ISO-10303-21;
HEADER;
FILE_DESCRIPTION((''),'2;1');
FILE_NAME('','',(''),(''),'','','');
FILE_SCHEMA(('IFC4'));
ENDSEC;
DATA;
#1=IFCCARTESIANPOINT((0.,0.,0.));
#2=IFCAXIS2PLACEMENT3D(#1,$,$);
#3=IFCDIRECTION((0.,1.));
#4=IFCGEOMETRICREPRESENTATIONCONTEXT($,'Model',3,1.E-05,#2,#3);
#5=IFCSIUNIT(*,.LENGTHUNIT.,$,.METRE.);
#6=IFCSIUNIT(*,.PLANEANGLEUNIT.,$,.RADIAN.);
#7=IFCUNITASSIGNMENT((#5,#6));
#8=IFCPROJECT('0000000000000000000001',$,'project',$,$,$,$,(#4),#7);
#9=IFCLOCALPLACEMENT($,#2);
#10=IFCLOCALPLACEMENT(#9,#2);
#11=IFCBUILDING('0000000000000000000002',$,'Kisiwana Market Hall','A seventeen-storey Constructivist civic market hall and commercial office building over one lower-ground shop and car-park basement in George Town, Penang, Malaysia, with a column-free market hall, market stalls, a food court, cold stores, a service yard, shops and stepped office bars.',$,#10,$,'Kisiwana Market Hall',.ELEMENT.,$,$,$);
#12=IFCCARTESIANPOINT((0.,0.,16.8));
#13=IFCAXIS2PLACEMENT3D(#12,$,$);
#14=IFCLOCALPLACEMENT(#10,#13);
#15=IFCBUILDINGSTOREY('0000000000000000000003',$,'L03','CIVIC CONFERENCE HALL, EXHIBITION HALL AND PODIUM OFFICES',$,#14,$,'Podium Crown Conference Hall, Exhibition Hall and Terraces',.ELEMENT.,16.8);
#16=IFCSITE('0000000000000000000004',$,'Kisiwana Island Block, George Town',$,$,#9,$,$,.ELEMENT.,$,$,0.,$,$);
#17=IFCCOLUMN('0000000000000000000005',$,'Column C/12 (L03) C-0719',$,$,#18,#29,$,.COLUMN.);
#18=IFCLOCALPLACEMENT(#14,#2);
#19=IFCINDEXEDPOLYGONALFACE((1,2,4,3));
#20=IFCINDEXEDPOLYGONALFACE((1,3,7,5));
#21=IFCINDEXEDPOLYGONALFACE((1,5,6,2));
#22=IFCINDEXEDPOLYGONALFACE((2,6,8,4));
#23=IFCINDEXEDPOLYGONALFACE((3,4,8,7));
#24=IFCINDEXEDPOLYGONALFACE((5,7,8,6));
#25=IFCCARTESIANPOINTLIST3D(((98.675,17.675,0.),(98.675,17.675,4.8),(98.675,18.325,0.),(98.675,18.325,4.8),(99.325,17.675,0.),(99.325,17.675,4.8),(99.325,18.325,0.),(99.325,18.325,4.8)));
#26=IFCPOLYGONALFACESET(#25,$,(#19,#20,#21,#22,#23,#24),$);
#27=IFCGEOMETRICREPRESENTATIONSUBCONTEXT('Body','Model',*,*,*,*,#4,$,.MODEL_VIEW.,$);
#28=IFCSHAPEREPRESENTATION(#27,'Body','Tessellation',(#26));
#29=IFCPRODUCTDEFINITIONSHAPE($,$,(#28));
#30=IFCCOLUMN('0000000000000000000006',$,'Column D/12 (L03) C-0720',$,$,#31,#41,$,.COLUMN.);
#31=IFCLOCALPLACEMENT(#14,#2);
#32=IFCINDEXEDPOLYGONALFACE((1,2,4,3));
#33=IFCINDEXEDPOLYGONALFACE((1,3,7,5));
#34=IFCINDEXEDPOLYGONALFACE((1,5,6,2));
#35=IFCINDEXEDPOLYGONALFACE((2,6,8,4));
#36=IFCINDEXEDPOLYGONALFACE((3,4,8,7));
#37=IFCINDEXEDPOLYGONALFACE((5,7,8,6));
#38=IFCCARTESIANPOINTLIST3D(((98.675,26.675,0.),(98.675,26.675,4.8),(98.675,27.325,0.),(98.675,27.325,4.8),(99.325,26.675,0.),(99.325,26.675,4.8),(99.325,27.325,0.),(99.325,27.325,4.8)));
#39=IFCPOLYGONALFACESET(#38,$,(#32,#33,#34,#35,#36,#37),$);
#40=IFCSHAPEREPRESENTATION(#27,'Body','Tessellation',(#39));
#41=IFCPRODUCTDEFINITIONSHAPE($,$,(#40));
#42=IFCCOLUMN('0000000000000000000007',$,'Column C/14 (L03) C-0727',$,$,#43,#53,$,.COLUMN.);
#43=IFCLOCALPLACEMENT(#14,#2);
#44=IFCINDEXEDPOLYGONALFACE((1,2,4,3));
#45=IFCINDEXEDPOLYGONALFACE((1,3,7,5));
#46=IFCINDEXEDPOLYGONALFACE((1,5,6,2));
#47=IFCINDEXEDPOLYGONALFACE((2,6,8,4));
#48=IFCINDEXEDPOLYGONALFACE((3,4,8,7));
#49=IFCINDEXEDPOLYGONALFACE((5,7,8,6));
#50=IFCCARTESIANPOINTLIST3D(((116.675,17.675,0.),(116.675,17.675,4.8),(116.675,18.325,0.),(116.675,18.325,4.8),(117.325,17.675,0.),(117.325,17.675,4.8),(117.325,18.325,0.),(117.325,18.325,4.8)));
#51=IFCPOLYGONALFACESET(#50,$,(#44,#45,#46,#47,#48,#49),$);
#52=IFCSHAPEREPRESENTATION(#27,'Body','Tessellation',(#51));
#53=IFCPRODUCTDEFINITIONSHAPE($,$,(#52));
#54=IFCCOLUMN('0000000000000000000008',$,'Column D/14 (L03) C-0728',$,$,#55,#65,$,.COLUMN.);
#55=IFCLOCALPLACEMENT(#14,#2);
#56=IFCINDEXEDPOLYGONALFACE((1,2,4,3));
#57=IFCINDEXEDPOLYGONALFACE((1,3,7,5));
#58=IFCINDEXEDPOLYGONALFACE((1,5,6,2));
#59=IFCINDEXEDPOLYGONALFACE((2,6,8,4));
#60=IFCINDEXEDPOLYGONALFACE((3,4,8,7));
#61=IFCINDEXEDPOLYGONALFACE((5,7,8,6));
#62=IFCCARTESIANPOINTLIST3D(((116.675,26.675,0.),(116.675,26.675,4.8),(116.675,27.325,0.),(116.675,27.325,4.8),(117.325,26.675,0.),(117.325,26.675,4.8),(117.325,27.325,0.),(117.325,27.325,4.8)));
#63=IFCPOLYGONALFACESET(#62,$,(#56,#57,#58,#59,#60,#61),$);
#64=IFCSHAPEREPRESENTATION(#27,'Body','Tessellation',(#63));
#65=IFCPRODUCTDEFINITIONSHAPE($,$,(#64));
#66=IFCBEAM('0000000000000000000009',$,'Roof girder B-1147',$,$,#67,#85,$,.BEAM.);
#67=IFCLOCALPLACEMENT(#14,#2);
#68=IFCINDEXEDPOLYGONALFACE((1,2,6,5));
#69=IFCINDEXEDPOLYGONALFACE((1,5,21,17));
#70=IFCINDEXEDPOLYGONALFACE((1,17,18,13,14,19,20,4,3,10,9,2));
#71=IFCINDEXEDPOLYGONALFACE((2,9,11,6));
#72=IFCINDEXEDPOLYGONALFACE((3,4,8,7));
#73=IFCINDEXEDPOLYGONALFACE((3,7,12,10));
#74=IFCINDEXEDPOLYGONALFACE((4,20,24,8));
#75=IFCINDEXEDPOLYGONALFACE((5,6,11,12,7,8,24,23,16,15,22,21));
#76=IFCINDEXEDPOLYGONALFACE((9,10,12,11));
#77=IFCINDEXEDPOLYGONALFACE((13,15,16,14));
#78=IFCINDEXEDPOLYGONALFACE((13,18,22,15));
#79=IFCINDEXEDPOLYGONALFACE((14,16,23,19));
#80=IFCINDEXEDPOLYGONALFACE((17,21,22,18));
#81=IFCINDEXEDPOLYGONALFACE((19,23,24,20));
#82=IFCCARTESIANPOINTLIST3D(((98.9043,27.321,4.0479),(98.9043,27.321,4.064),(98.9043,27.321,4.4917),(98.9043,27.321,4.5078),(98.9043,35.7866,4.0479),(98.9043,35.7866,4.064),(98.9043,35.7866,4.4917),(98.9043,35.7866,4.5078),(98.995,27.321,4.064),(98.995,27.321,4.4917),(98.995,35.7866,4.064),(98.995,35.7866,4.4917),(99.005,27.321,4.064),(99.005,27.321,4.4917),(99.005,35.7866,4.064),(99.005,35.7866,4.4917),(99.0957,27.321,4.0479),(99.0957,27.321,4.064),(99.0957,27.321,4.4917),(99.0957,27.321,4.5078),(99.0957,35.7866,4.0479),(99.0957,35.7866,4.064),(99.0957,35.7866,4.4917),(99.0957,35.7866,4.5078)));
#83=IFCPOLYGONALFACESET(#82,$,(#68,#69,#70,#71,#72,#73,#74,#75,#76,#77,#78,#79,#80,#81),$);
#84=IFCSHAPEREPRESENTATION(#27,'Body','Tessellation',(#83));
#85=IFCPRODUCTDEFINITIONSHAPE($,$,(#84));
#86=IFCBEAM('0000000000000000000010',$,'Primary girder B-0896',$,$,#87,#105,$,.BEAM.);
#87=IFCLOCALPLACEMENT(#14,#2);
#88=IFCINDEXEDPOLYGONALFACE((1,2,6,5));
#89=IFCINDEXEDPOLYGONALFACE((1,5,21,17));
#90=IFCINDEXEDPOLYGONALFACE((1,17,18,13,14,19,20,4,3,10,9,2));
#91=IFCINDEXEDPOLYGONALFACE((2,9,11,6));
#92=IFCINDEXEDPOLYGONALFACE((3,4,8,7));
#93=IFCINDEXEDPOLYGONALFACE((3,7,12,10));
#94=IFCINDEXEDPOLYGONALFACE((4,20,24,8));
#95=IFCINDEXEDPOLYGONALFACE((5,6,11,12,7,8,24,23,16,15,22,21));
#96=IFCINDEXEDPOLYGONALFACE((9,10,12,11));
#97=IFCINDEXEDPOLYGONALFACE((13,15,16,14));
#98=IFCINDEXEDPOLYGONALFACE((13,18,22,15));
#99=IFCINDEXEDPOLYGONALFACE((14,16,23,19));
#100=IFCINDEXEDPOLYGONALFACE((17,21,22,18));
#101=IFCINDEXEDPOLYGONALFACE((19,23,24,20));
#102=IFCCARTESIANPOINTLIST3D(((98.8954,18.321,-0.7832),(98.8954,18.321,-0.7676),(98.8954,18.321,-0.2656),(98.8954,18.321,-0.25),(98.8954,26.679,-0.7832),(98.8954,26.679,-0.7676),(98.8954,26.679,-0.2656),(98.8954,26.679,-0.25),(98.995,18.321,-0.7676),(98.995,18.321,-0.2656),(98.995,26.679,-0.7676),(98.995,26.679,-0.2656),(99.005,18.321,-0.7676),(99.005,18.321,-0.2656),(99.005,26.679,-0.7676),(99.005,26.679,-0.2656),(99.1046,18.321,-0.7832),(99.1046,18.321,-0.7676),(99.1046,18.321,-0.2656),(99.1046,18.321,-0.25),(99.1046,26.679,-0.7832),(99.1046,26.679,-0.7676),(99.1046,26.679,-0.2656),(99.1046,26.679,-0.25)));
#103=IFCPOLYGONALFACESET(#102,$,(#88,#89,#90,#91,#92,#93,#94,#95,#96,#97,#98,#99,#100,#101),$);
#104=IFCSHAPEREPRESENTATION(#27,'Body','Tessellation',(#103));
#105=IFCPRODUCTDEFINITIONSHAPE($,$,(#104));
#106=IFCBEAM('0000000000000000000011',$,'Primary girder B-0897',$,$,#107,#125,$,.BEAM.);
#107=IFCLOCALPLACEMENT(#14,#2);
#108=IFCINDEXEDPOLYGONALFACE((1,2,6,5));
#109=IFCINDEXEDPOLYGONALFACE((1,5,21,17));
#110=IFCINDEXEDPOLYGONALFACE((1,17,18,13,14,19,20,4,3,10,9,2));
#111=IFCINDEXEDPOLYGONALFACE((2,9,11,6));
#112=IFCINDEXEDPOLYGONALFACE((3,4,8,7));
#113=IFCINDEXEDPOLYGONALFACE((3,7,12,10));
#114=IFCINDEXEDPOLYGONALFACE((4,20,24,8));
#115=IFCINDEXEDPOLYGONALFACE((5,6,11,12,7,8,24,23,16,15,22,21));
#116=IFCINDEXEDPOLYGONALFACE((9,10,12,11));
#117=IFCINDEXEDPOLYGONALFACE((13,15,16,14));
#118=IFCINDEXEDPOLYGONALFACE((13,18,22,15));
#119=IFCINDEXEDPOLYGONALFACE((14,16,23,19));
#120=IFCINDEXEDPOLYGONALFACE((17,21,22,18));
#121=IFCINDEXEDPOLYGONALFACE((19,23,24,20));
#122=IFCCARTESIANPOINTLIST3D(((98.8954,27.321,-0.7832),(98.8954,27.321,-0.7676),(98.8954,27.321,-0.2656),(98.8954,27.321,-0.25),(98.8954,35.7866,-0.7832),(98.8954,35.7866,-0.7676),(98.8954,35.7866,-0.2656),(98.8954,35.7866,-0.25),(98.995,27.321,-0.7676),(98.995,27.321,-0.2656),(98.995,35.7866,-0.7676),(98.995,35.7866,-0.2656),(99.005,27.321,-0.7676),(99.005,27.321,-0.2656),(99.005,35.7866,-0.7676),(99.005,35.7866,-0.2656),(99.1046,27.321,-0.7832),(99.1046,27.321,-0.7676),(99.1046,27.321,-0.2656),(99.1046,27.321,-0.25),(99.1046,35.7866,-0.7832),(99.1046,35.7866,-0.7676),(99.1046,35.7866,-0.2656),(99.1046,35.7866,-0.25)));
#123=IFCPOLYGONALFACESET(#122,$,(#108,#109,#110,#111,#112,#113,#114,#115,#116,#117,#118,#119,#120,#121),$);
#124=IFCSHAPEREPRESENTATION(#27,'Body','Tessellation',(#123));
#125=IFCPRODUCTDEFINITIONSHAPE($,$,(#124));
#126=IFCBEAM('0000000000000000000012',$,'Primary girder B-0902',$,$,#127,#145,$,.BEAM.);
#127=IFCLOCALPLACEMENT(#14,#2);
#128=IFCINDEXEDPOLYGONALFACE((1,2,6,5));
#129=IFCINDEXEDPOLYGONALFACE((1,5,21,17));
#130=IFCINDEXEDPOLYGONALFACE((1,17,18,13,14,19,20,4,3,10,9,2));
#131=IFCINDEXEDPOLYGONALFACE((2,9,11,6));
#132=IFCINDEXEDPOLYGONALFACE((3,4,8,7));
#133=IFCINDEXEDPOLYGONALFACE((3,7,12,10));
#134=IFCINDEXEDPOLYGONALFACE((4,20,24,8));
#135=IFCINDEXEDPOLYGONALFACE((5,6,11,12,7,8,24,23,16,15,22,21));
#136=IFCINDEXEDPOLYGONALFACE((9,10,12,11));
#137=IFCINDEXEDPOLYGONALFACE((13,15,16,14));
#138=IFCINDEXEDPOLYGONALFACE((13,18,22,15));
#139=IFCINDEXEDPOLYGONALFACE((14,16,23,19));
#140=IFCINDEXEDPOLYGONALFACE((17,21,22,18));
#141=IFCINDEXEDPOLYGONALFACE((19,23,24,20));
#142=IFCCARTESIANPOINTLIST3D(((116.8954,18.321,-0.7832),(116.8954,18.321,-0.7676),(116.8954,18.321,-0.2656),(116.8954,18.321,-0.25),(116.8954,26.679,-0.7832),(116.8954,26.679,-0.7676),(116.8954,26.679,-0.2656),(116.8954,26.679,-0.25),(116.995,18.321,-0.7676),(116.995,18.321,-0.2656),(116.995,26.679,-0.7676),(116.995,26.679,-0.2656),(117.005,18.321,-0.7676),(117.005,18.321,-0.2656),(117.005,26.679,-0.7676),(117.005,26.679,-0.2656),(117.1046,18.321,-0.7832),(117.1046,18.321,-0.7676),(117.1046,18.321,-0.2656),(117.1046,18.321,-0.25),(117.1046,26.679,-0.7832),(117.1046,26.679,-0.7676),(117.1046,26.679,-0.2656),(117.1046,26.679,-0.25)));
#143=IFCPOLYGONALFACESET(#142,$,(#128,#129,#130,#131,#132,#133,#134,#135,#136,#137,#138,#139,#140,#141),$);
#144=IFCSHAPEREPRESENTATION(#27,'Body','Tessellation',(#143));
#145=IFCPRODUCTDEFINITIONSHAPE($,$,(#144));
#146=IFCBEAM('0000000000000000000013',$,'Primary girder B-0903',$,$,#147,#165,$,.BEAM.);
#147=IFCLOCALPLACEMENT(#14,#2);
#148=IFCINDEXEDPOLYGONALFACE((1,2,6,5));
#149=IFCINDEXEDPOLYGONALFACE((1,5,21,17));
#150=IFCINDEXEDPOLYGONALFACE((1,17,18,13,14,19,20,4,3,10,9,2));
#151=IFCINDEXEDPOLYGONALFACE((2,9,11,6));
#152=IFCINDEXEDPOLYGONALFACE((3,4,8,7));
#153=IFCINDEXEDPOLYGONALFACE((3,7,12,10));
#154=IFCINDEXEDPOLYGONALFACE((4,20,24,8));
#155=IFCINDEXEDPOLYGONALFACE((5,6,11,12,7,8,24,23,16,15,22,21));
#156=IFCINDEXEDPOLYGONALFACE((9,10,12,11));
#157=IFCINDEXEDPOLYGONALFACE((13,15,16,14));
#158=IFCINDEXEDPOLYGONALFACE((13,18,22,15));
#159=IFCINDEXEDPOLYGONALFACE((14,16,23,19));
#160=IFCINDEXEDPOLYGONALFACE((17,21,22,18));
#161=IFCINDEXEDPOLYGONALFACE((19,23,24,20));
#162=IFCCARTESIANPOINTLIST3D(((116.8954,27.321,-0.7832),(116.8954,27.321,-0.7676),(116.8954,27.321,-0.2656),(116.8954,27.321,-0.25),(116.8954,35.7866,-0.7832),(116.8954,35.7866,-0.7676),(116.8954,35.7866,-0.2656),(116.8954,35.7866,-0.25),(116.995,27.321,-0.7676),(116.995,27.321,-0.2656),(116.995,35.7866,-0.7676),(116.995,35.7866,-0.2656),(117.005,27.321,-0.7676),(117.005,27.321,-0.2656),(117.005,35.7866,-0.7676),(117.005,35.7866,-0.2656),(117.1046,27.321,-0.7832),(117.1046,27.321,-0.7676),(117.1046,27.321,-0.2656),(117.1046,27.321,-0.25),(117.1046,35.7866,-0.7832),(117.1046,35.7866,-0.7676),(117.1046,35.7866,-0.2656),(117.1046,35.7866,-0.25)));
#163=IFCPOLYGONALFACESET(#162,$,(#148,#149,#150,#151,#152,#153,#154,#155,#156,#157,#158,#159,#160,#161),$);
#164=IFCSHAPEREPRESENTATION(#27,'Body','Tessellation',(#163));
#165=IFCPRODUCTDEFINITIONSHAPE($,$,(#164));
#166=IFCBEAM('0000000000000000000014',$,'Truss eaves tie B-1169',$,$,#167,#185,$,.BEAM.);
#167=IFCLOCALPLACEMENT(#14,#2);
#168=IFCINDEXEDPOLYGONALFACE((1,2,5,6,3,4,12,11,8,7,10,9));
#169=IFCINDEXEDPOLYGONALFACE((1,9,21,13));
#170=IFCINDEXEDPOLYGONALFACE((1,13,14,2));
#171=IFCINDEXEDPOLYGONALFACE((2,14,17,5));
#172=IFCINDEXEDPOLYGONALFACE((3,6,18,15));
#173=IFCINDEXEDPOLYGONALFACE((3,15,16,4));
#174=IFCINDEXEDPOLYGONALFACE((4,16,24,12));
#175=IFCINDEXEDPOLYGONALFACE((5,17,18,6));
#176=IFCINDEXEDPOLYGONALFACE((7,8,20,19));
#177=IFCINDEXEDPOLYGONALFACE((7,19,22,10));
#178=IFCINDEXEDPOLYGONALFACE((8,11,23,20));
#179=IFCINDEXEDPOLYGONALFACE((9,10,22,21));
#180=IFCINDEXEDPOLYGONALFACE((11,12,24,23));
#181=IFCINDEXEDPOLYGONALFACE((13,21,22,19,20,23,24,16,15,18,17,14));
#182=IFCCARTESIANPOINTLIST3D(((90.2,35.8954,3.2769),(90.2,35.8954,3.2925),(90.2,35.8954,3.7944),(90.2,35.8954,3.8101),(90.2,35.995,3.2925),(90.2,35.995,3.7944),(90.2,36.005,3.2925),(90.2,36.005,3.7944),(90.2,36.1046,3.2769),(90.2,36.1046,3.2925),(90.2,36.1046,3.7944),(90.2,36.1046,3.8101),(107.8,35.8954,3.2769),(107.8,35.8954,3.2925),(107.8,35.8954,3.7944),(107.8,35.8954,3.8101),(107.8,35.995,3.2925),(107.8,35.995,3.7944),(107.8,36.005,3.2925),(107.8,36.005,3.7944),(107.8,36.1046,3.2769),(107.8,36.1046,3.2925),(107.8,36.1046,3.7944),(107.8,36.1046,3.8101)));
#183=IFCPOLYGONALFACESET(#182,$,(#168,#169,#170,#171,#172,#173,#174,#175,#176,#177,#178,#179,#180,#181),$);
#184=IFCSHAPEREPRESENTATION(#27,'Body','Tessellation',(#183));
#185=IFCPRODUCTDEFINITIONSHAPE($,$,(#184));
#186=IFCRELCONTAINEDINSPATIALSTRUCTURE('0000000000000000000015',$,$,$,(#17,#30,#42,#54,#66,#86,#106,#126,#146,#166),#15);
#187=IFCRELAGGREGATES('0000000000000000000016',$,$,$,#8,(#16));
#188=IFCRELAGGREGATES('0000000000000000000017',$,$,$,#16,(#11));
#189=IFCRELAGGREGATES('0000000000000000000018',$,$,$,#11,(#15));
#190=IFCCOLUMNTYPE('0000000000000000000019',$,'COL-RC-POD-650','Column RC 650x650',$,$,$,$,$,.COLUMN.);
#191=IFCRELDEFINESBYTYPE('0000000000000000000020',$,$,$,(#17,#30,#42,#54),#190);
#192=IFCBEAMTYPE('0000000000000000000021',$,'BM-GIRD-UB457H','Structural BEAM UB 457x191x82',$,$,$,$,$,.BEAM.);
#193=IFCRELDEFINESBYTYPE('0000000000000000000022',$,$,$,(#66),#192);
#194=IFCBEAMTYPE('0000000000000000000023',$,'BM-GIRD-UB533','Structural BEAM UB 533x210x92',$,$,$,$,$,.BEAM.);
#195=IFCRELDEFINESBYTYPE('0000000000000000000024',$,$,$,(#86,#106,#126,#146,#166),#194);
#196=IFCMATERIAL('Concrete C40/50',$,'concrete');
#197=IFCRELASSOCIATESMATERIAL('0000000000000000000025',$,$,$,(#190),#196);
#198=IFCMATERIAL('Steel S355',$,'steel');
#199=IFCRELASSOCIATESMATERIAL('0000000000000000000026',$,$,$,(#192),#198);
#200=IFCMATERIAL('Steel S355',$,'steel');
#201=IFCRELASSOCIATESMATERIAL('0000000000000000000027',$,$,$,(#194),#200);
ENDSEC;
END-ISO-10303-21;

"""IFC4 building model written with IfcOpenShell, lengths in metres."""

from ifc_helpers import new_model, si_unit, direction, frame, origin, origin_2d, place, context, subcontext, project, spatial, rectangle, i_section, extrude, material, material_profile, profile_set, type_object, element, save


model = new_model("IFC4")

# Units and contexts
model_context = context("Model", 3, precision=1e-05, world=origin(), true_north=direction((0.0, 1.0)))
body_context = subcontext(model_context, "Body", "Model", "MODEL_VIEW")
ifc_project = project(units=[si_unit("LENGTHUNIT", "METRE"), si_unit("PLANEANGLEUNIT", "RADIAN")], contexts=[model_context])

# Site, building, storey
site_placement = place(None, origin())
site = spatial("IfcSite", under=ifc_project, at=site_placement, Name="Kisiwana Island Block, George Town", CompositionType="ELEMENT", RefElevation=0.0)
building_placement = place(site_placement, origin())
building = spatial("IfcBuilding", under=site, at=building_placement, Name="Kisiwana Market Hall", Description="A seventeen-storey Constructivist civic market hall and commercial office building over one lower-ground shop and car-park basement in George Town, Penang, Malaysia, with a column-free market hall, market stalls, a food court, cold stores, a service yard, shops and stepped office bars.", LongName="Kisiwana Market Hall", CompositionType="ELEMENT")
storey_placement = place(building_placement, frame((0.0, 0.0, 16.8)))
storey = spatial("IfcBuildingStorey", under=building, at=storey_placement, Name="L03", Description="CIVIC CONFERENCE HALL, EXHIBITION HALL AND PODIUM OFFICES", LongName="Podium Crown Conference Hall, Exhibition Hall and Terraces", CompositionType="ELEMENT", Elevation=16.8)

# Columns
ifc_material_1 = material(Name="Concrete C40/50", Category="concrete")
ifc_material_profile_1 = material_profile(ifc_material_1, rectangle(XDim=0.6499, YDim=0.6499, at=origin_2d()), Name="RC 650x650")
ifc_profile_set_1 = profile_set([ifc_material_profile_1], Name="Concrete C40/50")
column_type = type_object("IfcColumnType", Name="COL-RC-POD-650", Description="Column RC 650x650", PredefinedType="COLUMN", material=ifc_profile_set_1)
for number, where, z_axis, x_axis, name in (
    (1, (99.0, 18.0, 0.0), (0.0, 0.0, 1.0), (1.0, 0.0, 0.0), "Column C/12 (L03) C-0719"),
    (2, (99.0, 27.0, 0.0), (0.0, 0.0, 1.0), (1.0, 0.0, 0.0), "Column D/12 (L03) C-0720"),
    (3, (117.0, 18.0, 0.0), (0.0, 0.0, 1.0), (1.0, 0.0, 0.0), "Column C/14 (L03) C-0727"),
    (4, (117.0, 27.0, 0.0), (0.0, 0.0, 1.0), (1.0, 0.0, 0.0), "Column D/14 (L03) C-0728"),
):
    element("IfcColumn", number, at=place(storey_placement, frame(where, z_axis=z_axis, x_axis=x_axis)), inside=storey, type_object=column_type, Name=name, PredefinedType="COLUMN", context=body_context, shape_type="SweptSolid", body=[
        extrude(rectangle(XDim=0.6499, YDim=0.6499, at=origin_2d()), origin(), (0.0, 0.0, 1.0), 4.8),
    ])

# Beams
ifc_material_2 = material(Name="Steel S355", Category="steel")
ifc_material_profile_2 = material_profile(ifc_material_2, i_section(OverallWidth=0.1914, OverallDepth=0.46, WebThickness=0.01, FlangeThickness=0.0161, at=origin_2d()), Name="UB 457x191x82")
ifc_profile_set_2 = profile_set([ifc_material_profile_2], Name="Steel S355")
beam_type_1 = type_object("IfcBeamType", Name="BM-GIRD-UB457H", Description="Structural BEAM UB 457x191x82", PredefinedType="BEAM", material=ifc_profile_set_2)
beam_1_placement = place(storey_placement, frame((99.0, 27.321, 4.2778), z_axis=(0.0, 1.0, 0.0), x_axis=(-1.0, 0.0, 0.0)))
element("IfcBeam", 5, at=beam_1_placement, inside=storey, type_object=beam_type_1, Name="Roof girder B-1147", PredefinedType="BEAM", context=body_context, shape_type="SweptSolid", body=[
    extrude(i_section(OverallWidth=0.1914, OverallDepth=0.46, WebThickness=0.01, FlangeThickness=0.0161, at=origin_2d()), origin(), (0.0, 0.0, 1.0), 8.4656),
])
ifc_material_3 = material(Name="Steel S355", Category="steel")
ifc_material_profile_3 = material_profile(ifc_material_3, i_section(OverallWidth=0.2092, OverallDepth=0.5332, WebThickness=0.01, FlangeThickness=0.0156, at=origin_2d()), Name="UB 533x210x92")
ifc_profile_set_3 = profile_set([ifc_material_profile_3], Name="Steel S355")
beam_type_2 = type_object("IfcBeamType", Name="BM-GIRD-UB533", Description="Structural BEAM UB 533x210x92", PredefinedType="BEAM", material=ifc_profile_set_3)
beam_2_placement = place(storey_placement, frame((99.0, 18.321, -0.5166), z_axis=(0.0, 1.0, 0.0), x_axis=(-1.0, 0.0, 0.0)))
element("IfcBeam", 6, at=beam_2_placement, inside=storey, type_object=beam_type_2, Name="Primary girder B-0896", PredefinedType="BEAM", context=body_context, shape_type="SweptSolid", body=[
    extrude(i_section(OverallWidth=0.2092, OverallDepth=0.5332, WebThickness=0.01, FlangeThickness=0.0156, at=origin_2d()), origin(), (0.0, 0.0, 1.0), 8.3579),
])
beam_3_placement = place(storey_placement, frame((99.0, 27.321, -0.5166), z_axis=(0.0, 1.0, 0.0), x_axis=(-1.0, 0.0, 0.0)))
element("IfcBeam", 7, at=beam_3_placement, inside=storey, type_object=beam_type_2, Name="Primary girder B-0897", PredefinedType="BEAM", context=body_context, shape_type="SweptSolid", body=[
    extrude(i_section(OverallWidth=0.2092, OverallDepth=0.5332, WebThickness=0.01, FlangeThickness=0.0156, at=origin_2d()), origin(), (0.0, 0.0, 1.0), 8.4656),
])
beam_4_placement = place(storey_placement, frame((117.0, 18.321, -0.5166), z_axis=(0.0, 1.0, 0.0), x_axis=(-1.0, 0.0, 0.0)))
element("IfcBeam", 8, at=beam_4_placement, inside=storey, type_object=beam_type_2, Name="Primary girder B-0902", PredefinedType="BEAM", context=body_context, shape_type="SweptSolid", body=[
    extrude(i_section(OverallWidth=0.2092, OverallDepth=0.5332, WebThickness=0.01, FlangeThickness=0.0156, at=origin_2d()), origin(), (0.0, 0.0, 1.0), 8.3579),
])
beam_5_placement = place(storey_placement, frame((117.0, 27.321, -0.5166), z_axis=(0.0, 1.0, 0.0), x_axis=(-1.0, 0.0, 0.0)))
element("IfcBeam", 9, at=beam_5_placement, inside=storey, type_object=beam_type_2, Name="Primary girder B-0903", PredefinedType="BEAM", context=body_context, shape_type="SweptSolid", body=[
    extrude(i_section(OverallWidth=0.2092, OverallDepth=0.5332, WebThickness=0.01, FlangeThickness=0.0156, at=origin_2d()), origin(), (0.0, 0.0, 1.0), 8.4656),
])
beam_6_placement = place(storey_placement, frame((90.2, 36.0, 3.5435), z_axis=(1.0, 0.0, 0.0), x_axis=(0.0, 1.0, 0.0)))
element("IfcBeam", 10, at=beam_6_placement, inside=storey, type_object=beam_type_2, Name="Truss eaves tie B-1169", PredefinedType="BEAM", context=body_context, shape_type="SweptSolid", body=[
    extrude(i_section(OverallWidth=0.2092, OverallDepth=0.5332, WebThickness=0.01, FlangeThickness=0.0156, at=origin_2d()), origin(), (0.0, 0.0, 1.0), 17.6001),
])

save(model, "model.ifc")
